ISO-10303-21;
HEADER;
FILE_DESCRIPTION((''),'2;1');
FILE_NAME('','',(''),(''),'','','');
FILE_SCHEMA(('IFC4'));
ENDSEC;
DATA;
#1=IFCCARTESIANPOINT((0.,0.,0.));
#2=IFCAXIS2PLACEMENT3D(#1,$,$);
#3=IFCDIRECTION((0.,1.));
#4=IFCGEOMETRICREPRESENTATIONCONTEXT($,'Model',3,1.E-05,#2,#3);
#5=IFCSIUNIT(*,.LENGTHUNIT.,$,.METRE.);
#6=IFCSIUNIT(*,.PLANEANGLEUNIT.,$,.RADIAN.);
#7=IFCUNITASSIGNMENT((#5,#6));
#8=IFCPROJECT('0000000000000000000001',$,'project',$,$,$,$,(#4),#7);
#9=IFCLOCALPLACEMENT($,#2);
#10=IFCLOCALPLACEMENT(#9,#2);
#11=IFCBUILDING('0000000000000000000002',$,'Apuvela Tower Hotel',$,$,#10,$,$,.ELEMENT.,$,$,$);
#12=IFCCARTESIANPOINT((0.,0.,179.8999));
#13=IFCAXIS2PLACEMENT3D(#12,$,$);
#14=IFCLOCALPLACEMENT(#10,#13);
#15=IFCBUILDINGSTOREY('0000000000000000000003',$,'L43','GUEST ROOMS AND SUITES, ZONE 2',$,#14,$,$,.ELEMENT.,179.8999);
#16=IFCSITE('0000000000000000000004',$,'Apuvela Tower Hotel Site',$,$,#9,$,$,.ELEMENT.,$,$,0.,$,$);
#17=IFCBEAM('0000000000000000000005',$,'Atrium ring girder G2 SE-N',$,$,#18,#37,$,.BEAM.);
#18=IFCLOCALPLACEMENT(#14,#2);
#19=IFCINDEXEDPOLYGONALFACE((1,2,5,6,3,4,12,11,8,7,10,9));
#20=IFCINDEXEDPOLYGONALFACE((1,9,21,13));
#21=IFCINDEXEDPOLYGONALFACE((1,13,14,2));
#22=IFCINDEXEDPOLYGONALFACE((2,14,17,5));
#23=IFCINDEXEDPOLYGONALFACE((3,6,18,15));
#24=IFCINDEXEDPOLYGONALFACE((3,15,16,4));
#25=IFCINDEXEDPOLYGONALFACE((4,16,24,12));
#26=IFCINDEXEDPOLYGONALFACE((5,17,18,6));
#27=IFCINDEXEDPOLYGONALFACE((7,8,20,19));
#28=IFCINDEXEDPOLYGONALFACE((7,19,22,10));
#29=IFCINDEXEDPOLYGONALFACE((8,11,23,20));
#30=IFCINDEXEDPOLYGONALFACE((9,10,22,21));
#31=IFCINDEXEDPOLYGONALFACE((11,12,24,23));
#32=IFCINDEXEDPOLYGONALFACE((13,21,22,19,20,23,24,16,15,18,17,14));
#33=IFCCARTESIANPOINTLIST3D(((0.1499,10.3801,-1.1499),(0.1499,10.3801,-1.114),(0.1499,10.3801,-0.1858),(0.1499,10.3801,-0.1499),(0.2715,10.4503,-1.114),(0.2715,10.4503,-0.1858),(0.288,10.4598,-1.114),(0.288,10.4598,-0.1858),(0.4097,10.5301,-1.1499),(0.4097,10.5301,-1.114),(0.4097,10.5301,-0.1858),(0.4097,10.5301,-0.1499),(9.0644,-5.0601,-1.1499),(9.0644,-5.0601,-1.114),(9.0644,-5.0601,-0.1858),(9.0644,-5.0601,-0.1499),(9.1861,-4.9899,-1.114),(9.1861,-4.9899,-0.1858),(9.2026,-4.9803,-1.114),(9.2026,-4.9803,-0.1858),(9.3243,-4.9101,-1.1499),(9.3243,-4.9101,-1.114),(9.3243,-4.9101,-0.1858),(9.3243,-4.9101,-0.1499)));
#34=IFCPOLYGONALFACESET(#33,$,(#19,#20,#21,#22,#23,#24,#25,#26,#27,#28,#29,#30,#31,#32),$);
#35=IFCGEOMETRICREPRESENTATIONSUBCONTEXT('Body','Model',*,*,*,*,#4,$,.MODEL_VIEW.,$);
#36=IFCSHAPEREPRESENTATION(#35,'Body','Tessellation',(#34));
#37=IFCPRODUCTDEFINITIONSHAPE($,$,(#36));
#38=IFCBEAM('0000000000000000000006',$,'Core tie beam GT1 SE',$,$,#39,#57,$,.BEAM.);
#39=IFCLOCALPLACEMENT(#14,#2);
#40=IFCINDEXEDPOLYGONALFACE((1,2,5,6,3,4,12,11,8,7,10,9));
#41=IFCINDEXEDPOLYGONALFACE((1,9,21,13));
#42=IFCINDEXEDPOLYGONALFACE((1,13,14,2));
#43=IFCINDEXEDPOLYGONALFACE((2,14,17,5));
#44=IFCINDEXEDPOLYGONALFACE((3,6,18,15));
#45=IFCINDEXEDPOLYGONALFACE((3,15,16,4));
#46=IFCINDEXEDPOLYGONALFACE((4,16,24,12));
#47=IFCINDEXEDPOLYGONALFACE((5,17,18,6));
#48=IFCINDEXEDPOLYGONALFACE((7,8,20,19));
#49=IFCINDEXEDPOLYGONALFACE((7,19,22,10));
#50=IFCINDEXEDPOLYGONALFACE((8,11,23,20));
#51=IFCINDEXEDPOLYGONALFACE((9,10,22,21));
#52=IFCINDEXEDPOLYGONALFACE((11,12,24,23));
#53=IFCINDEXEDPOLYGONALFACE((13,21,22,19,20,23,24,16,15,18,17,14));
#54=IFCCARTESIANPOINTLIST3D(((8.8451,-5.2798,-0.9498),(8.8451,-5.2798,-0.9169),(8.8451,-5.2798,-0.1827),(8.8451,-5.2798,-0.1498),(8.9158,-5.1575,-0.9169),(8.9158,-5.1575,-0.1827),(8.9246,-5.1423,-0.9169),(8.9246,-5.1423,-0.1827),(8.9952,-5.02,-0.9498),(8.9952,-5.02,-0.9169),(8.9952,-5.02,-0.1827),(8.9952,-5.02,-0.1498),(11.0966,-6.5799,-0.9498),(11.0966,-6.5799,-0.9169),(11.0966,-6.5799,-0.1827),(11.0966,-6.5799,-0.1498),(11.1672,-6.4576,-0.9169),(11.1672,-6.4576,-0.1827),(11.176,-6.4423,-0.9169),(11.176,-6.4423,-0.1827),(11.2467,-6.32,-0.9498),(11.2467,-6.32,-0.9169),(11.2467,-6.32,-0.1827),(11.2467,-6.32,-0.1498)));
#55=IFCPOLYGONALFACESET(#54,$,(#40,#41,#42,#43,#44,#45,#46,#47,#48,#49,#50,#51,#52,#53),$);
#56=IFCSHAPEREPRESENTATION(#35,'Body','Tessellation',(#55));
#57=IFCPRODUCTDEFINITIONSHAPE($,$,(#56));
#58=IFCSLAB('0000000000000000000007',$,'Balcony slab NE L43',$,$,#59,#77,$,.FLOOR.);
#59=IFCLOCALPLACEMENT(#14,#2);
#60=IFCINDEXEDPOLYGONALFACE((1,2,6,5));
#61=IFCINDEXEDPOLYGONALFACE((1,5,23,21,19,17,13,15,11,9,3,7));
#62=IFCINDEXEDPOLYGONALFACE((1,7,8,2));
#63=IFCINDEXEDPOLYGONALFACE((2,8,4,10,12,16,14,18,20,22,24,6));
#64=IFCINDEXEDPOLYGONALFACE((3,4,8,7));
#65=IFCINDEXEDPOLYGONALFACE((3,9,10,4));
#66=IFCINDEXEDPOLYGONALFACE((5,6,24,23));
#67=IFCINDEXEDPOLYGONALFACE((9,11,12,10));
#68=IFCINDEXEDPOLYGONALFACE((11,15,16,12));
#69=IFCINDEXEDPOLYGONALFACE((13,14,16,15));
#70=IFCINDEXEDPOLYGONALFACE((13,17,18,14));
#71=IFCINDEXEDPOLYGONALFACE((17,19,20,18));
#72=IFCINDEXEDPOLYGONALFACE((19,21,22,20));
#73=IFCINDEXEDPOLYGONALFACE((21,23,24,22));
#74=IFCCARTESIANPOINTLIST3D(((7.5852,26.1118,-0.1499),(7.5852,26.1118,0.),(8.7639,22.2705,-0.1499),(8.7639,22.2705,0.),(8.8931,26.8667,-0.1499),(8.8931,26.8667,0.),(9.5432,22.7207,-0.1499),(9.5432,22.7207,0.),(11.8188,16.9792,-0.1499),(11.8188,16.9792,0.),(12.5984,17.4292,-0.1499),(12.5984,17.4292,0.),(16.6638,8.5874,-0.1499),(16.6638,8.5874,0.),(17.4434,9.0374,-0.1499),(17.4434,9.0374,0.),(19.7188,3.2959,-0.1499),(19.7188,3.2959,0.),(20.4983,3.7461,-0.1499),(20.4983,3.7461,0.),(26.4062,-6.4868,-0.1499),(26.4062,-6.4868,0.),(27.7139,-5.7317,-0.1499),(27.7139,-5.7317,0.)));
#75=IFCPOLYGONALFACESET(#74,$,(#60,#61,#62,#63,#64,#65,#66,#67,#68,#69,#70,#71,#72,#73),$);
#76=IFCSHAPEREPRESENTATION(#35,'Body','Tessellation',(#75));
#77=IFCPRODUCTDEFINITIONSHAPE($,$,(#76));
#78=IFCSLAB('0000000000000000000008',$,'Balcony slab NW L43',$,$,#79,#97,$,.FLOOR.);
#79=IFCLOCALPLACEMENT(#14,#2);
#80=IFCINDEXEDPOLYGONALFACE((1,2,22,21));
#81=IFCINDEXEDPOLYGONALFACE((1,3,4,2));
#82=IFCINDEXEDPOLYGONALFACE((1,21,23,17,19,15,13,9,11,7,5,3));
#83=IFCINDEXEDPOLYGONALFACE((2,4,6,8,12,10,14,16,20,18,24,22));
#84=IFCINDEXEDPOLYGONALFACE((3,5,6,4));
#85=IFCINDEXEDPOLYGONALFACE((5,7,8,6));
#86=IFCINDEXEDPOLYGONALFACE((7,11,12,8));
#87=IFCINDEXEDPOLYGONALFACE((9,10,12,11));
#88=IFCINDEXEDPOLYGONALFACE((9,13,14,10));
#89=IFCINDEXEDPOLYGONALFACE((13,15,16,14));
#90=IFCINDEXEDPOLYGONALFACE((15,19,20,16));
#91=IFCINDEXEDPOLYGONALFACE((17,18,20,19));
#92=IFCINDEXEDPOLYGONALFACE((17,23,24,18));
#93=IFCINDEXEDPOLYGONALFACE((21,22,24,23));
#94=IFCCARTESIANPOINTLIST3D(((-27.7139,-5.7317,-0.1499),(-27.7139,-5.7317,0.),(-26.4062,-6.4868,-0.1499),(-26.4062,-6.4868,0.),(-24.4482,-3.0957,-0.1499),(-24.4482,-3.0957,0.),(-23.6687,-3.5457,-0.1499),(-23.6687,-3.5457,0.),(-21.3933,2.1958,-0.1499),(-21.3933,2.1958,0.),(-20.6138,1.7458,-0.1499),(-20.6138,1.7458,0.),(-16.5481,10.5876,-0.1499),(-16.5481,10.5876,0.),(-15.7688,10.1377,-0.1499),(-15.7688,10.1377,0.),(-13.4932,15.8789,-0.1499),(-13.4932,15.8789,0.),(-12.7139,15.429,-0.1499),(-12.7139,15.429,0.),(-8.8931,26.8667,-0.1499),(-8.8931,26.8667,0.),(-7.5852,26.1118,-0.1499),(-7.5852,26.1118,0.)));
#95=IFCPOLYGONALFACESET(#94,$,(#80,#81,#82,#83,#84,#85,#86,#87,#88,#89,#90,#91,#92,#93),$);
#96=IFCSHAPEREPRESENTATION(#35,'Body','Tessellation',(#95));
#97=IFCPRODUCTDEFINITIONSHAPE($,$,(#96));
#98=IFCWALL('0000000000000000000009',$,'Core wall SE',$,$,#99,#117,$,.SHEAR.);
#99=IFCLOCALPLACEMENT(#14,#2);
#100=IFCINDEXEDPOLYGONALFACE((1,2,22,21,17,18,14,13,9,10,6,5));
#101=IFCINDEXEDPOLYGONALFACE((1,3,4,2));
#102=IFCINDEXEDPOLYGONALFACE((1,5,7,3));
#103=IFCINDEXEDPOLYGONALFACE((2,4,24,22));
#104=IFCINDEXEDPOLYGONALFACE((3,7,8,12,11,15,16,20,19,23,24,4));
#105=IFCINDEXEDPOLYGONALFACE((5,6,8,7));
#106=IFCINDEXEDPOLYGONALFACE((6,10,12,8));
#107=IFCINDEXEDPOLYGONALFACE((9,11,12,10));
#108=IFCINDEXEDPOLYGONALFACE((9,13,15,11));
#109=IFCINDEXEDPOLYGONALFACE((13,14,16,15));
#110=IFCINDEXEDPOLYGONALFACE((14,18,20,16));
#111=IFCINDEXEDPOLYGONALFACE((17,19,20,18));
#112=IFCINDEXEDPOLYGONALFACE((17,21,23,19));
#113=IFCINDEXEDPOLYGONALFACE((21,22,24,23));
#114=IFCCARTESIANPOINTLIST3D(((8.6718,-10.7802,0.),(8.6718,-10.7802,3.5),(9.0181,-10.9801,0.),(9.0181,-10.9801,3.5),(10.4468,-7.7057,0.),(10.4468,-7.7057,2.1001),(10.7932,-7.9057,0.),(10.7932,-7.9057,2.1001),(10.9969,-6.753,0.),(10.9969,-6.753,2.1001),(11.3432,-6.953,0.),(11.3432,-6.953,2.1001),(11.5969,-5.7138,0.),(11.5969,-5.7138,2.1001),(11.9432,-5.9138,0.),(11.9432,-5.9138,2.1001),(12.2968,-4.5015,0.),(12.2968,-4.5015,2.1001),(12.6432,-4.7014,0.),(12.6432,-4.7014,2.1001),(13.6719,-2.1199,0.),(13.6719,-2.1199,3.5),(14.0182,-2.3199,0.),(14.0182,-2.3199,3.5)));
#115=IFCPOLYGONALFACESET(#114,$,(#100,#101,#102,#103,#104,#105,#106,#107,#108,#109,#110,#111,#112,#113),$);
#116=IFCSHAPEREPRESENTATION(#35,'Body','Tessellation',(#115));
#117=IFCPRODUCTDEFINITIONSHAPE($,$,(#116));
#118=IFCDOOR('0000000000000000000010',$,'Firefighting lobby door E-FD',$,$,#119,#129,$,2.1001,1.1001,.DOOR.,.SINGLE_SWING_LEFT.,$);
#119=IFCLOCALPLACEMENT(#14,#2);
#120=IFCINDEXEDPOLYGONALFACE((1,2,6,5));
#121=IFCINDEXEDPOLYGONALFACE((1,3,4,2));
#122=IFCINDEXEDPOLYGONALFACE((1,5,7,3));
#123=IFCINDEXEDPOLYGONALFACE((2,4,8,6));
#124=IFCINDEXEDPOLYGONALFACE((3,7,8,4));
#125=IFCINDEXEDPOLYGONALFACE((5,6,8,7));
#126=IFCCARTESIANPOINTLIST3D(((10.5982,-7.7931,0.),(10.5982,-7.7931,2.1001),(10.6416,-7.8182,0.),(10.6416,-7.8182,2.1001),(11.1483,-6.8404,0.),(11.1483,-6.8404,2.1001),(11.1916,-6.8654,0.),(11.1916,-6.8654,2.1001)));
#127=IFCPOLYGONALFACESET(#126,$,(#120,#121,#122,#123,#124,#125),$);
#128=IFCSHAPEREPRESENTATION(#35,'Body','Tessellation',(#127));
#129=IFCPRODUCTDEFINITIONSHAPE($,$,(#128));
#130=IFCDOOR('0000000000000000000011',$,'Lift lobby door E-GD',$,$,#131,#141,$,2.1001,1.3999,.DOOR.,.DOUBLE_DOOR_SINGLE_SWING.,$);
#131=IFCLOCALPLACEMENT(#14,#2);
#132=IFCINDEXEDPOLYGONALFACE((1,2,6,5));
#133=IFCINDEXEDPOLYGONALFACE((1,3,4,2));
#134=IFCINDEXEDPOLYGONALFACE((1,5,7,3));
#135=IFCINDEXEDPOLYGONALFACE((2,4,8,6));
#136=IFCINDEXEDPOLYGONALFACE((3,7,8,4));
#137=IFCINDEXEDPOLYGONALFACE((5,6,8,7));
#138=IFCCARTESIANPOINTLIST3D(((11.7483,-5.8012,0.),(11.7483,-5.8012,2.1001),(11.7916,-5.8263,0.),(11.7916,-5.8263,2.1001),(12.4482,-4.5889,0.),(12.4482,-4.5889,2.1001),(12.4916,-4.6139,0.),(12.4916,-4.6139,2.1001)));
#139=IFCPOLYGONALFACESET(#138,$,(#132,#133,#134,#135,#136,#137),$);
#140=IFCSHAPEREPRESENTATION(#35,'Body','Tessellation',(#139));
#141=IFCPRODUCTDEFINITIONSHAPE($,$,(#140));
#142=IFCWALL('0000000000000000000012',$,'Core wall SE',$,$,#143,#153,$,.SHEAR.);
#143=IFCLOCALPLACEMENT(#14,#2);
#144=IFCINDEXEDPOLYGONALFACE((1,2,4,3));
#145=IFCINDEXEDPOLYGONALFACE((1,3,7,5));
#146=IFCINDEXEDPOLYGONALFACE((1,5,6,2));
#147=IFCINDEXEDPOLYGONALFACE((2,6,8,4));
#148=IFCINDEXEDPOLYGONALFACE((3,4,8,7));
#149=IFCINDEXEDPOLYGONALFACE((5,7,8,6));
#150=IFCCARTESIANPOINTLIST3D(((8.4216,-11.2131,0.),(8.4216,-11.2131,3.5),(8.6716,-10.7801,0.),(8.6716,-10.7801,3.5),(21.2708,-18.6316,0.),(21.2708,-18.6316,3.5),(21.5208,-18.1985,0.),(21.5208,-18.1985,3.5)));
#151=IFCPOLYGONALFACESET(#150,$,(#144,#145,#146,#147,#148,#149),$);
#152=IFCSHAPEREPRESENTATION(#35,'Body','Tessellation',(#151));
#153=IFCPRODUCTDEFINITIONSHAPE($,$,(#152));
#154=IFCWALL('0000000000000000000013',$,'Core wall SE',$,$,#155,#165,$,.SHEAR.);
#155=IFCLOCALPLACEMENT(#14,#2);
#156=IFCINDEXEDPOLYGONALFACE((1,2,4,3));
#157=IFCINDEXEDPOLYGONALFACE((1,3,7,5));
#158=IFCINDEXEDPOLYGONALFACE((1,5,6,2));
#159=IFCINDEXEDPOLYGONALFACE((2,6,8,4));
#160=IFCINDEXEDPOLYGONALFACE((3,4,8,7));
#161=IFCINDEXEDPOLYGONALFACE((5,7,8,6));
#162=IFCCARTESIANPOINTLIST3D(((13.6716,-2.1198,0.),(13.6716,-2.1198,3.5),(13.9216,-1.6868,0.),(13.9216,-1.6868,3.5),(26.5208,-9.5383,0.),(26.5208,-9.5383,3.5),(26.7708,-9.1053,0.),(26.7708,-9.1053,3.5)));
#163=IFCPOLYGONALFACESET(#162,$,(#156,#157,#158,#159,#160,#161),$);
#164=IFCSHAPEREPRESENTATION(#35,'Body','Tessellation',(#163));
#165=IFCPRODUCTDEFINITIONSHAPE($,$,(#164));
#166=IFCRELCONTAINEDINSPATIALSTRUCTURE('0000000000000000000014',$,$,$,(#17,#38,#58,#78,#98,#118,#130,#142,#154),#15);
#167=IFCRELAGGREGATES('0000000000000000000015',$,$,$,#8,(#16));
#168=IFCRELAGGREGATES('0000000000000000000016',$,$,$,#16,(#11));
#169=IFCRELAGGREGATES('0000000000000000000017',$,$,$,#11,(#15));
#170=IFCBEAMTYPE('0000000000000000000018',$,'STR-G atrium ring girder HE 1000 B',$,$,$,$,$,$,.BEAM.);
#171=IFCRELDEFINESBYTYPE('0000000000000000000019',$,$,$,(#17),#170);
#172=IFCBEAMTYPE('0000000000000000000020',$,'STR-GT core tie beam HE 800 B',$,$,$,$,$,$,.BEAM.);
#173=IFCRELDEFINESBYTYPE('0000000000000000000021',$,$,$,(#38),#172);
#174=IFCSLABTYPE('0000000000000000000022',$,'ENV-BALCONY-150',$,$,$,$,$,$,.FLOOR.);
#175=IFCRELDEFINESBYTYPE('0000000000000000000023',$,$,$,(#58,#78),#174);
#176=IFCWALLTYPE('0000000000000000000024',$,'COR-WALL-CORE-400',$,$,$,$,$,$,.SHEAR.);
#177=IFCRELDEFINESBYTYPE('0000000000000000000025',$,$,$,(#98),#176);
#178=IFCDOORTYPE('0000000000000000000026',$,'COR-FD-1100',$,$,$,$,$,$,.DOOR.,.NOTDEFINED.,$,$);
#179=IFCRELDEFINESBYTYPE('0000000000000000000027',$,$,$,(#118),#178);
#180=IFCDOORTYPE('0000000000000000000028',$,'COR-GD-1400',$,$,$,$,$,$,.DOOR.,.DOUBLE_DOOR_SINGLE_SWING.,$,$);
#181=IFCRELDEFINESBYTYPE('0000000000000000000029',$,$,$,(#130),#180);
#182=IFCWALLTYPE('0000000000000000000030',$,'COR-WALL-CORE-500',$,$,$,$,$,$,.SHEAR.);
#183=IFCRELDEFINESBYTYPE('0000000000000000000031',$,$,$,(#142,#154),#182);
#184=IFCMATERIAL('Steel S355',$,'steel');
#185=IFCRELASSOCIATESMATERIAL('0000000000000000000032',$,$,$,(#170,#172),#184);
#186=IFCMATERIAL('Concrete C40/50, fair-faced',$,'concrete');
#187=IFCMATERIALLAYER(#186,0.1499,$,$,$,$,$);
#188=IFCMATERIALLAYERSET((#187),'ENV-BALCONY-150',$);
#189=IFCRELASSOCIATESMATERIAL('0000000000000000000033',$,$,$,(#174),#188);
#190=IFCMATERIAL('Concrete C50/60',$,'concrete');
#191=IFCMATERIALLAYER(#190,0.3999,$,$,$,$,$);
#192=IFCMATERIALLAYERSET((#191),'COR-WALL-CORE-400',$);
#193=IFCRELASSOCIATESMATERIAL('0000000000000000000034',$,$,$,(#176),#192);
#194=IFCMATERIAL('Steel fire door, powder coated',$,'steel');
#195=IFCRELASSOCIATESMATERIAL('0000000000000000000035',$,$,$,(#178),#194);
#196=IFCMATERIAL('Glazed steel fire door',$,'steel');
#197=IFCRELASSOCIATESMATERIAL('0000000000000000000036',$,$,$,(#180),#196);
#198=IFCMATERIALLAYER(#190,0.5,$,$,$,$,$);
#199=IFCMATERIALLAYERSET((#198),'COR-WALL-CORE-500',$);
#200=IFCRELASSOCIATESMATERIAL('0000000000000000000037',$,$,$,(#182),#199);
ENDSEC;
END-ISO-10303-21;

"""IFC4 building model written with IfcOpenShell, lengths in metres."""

from ifc_helpers import new_model, si_unit, direction, frame, frame_2d, origin, origin_2d, place, context, subcontext, project, spatial, polyline, rectangle, i_section, outline, extrude, material, layer, layer_set, material_profile, profile_set, type_object, element, fill, save


model = new_model("IFC4")

# Units and contexts
model_context = context("Model", 3, precision=1e-05, world=origin(), true_north=direction((0.0, 1.0)))
body_context = subcontext(model_context, "Body", "Model", "MODEL_VIEW")
ifc_project = project(units=[si_unit("LENGTHUNIT", "METRE"), si_unit("PLANEANGLEUNIT", "RADIAN")], contexts=[model_context])

# Site, building, storey
site_placement = place(None, origin())
site = spatial("IfcSite", under=ifc_project, at=site_placement, Name="Apuvela Tower Hotel Site", CompositionType="ELEMENT", RefElevation=0.0)
building_placement = place(site_placement, origin())
building = spatial("IfcBuilding", under=site, at=building_placement, Name="Apuvela Tower Hotel", CompositionType="ELEMENT")
storey_placement = place(building_placement, frame((0.0, 0.0, 179.8999)))
storey = spatial("IfcBuildingStorey", under=building, at=storey_placement, Name="L43", Description="GUEST ROOMS AND SUITES, ZONE 2", CompositionType="ELEMENT", Elevation=179.8999)

# Beams
ifc_material_1 = material(Name="Steel S355", Category="steel")
ifc_material_profile_1 = material_profile(ifc_material_1, i_section(OverallWidth=0.3, OverallDepth=1.0, WebThickness=0.019, FlangeThickness=0.0359, at=origin_2d()), Name="HE 1000 B")
ifc_profile_set_1 = profile_set([ifc_material_profile_1], Name="Steel S355")
beam_type_1 = type_object("IfcBeamType", Name="STR-G atrium ring girder HE 1000 B", PredefinedType="BEAM", material=ifc_profile_set_1)
beam_1_placement = place(storey_placement, frame((9.1943, -4.9851, -0.6499), z_axis=(-0.500007, 0.866022, 0.0), x_axis=(-0.866022, -0.500007, 0.0)))
element("IfcBeam", 1, at=beam_1_placement, inside=storey, type_object=beam_type_1, Name="Atrium ring girder G2 SE-N", PredefinedType="BEAM", context=body_context, shape_type="SweptSolid", body=[
    extrude(i_section(OverallWidth=0.3, OverallDepth=1.0, WebThickness=0.019, FlangeThickness=0.0359, at=origin_2d()), origin(), (0.0, 0.0, 1.0), 17.8289),
])
ifc_material_profile_2 = material_profile(ifc_material_1, i_section(OverallWidth=0.3, OverallDepth=0.8, WebThickness=0.0176, FlangeThickness=0.033, at=origin_2d()), Name="HE 800 B")
ifc_profile_set_2 = profile_set([ifc_material_profile_2], Name="Steel S355")
beam_type_2 = type_object("IfcBeamType", Name="STR-GT core tie beam HE 800 B", PredefinedType="BEAM", material=ifc_profile_set_2)
beam_2_placement = place(storey_placement, frame((11.1716, -6.45, -0.5498), z_axis=(-0.865998, 0.500048, 0.0), x_axis=(-0.500048, -0.865998, 0.0)))
element("IfcBeam", 2, at=beam_2_placement, inside=storey, type_object=beam_type_2, Name="Core tie beam GT1 SE", PredefinedType="BEAM", context=body_context, shape_type="SweptSolid", body=[
    extrude(i_section(OverallWidth=0.3, OverallDepth=0.8, WebThickness=0.0176, FlangeThickness=0.033, at=origin_2d()), origin(), (0.0, 0.0, 1.0), 2.5999),
])

# Slabs
ifc_material_2 = material(Name="Concrete C40/50, fair-faced", Category="concrete")
ifc_layer_1 = layer(ifc_material_2, 0.1499)
ifc_layer_set_1 = layer_set([ifc_layer_1], Name="ENV-BALCONY-150")
slab_type = type_object("IfcSlabType", Name="ENV-BALCONY-150", PredefinedType="FLOOR", material=ifc_layer_set_1)
slab_1_placement = place(storey_placement, frame((0.0, 0.0, -0.1499)))
element("IfcSlab", 3, at=slab_1_placement, inside=storey, type_object=slab_type, Name="Balcony slab NE L43", PredefinedType="FLOOR", context=body_context, shape_type="SweptSolid", body=[
    extrude(outline(polyline([(17.4434, 9.0374), (12.5984, 17.4292), (11.8188, 16.9792), (8.7639, 22.2705), (9.5432, 22.7207), (7.5852, 26.1118), (8.8931, 26.8667), (27.7139, -5.7317), (26.4062, -6.4868), (20.4983, 3.7461), (19.7188, 3.2959), (16.6638, 8.5874), (17.4434, 9.0374)])), origin(), (0.0, 0.0, 1.0), 0.1499),
])
slab_2_placement = place(storey_placement, frame((0.0, 0.0, -0.1499)))
element("IfcSlab", 4, at=slab_2_placement, inside=storey, type_object=slab_type, Name="Balcony slab NW L43", PredefinedType="FLOOR", context=body_context, shape_type="SweptSolid", body=[
    extrude(outline(polyline([(-27.7139, -5.7317), (-8.8931, 26.8667), (-7.5852, 26.1118), (-13.4932, 15.8789), (-12.7139, 15.429), (-15.7688, 10.1377), (-16.5481, 10.5876), (-21.3933, 2.1958), (-20.6138, 1.7458), (-23.6687, -3.5457), (-24.4482, -3.0957), (-26.4062, -6.4868), (-27.7139, -5.7317)])), origin(), (0.0, 0.0, 1.0), 0.1499),
])

# Wall, openings, doors
ifc_material_3 = material(Name="Concrete C50/60", Category="concrete")
ifc_layer_2 = layer(ifc_material_3, 0.3999)
ifc_layer_set_2 = layer_set([ifc_layer_2], Name="COR-WALL-CORE-400")
wall_type_1 = type_object("IfcWallType", Name="COR-WALL-CORE-400", PredefinedType="SHEAR", material=ifc_layer_set_2)
wall_1_placement = place(storey_placement, frame((8.845, -10.8801, 0.0), z_axis=(0.0, 0.0, 1.0), x_axis=(0.500004, 0.866023, 0.0)))
wall_1 = element("IfcWall", 5, at=wall_1_placement, inside=storey, type_object=wall_type_1, Name="Core wall SE", PredefinedType="SHEAR", context=body_context, shape_type="SweptSolid", body=[
    extrude(rectangle(XDim=10.0, YDim=0.3999, at=frame_2d((5.0, 0.0))), origin(), (0.0, 0.0, 1.0), 3.5),
])
opening_1_placement = place(wall_1_placement, frame((3.55, 0.0, 0.0)))
opening_1 = element("IfcOpeningElement", 6, at=opening_1_placement, cuts=wall_1, PredefinedType="OPENING", context=body_context, shape_type="SweptSolid", body=[
    extrude(rectangle(XDim=1.1001, YDim=2.1001, at=frame_2d((0.55, 1.05))), frame((0.0, 0.21, 0.0), z_axis=(0.0, -1.0, 0.0), x_axis=(1.0, 0.0, 0.0)), (0.0, 0.0, 1.0), 0.4199),
])
opening_2_placement = place(wall_1_placement, frame((5.8501, 0.0, 0.0)))
opening_2 = element("IfcOpeningElement", 7, at=opening_2_placement, cuts=wall_1, PredefinedType="OPENING", context=body_context, shape_type="SweptSolid", body=[
    extrude(rectangle(XDim=1.3999, YDim=2.1001, at=frame_2d((0.7, 1.05))), frame((0.0, 0.21, 0.0), z_axis=(0.0, -1.0, 0.0), x_axis=(1.0, 0.0, 0.0)), (0.0, 0.0, 1.0), 0.4199),
])
ifc_material_4 = material(Name="Steel fire door, powder coated", Category="steel")
door_type_1 = type_object("IfcDoorType", Name="COR-FD-1100", OperationType="NOTDEFINED", PredefinedType="DOOR", material=ifc_material_4)
door_1_placement = place(opening_1_placement, frame((1.1001, 0.0, 0.0), z_axis=(0.0, 0.0, 1.0), x_axis=(-1.0, 0.0, 0.0)))
door_1 = element("IfcDoor", 8, at=door_1_placement, inside=storey, type_object=door_type_1, Name="Firefighting lobby door E-FD", OperationType="SINGLE_SWING_LEFT", OverallHeight=2.1001, OverallWidth=1.1001, PredefinedType="DOOR", context=body_context, shape_type="SweptSolid", body=[
    extrude(rectangle(XDim=1.1001, YDim=2.1001, at=frame_2d((0.55, 1.05))), frame((0.0, 0.0249, 0.0), z_axis=(0.0, -1.0, 0.0), x_axis=(1.0, 0.0, 0.0)), (0.0, 0.0, 1.0), 0.05),
])
fill(opening_1, door_1)
ifc_material_5 = material(Name="Glazed steel fire door", Category="steel")
door_type_2 = type_object("IfcDoorType", Name="COR-GD-1400", OperationType="DOUBLE_DOOR_SINGLE_SWING", PredefinedType="DOOR", material=ifc_material_5)
door_2_placement = place(opening_2_placement, frame((1.3999, 0.0, 0.0), z_axis=(0.0, 0.0, 1.0), x_axis=(-1.0, 0.0, 0.0)))
door_2 = element("IfcDoor", 9, at=door_2_placement, inside=storey, type_object=door_type_2, Name="Lift lobby door E-GD", OperationType="DOUBLE_DOOR_SINGLE_SWING", OverallHeight=2.1001, OverallWidth=1.3999, PredefinedType="DOOR", context=body_context, shape_type="SweptSolid", body=[
    extrude(rectangle(XDim=1.3999, YDim=2.1001, at=frame_2d((0.7, 1.05))), frame((0.0, 0.0249, 0.0), z_axis=(0.0, -1.0, 0.0), x_axis=(1.0, 0.0, 0.0)), (0.0, 0.0, 1.0), 0.05),
])
fill(opening_2, door_2)

# Walls
ifc_layer_3 = layer(ifc_material_3, 0.5)
ifc_layer_set_3 = layer_set([ifc_layer_3], Name="COR-WALL-CORE-500")
wall_type_2 = type_object("IfcWallType", Name="COR-WALL-CORE-500", PredefinedType="SHEAR", material=ifc_layer_set_3)
for number, where, z_axis, x_axis, name in (
    (10, (8.5466, -10.9966, 0.0), (0.0, 0.0, 1.0), (0.866025, -0.500001, 0.0), "Core wall SE"),
    (11, (13.7966, -1.9033, 0.0), (0.0, 0.0, 1.0), (0.866025, -0.500001, 0.0), "Core wall SE"),
):
    element("IfcWall", number, at=place(storey_placement, frame(where, z_axis=z_axis, x_axis=x_axis)), inside=storey, type_object=wall_type_2, Name=name, PredefinedType="SHEAR", context=body_context, shape_type="SweptSolid", body=[
        extrude(rectangle(XDim=14.8369, YDim=0.5, at=frame_2d((7.4185, 0.0))), origin(), (0.0, 0.0, 1.0), 3.5),
    ])

save(model, "model.ifc")
